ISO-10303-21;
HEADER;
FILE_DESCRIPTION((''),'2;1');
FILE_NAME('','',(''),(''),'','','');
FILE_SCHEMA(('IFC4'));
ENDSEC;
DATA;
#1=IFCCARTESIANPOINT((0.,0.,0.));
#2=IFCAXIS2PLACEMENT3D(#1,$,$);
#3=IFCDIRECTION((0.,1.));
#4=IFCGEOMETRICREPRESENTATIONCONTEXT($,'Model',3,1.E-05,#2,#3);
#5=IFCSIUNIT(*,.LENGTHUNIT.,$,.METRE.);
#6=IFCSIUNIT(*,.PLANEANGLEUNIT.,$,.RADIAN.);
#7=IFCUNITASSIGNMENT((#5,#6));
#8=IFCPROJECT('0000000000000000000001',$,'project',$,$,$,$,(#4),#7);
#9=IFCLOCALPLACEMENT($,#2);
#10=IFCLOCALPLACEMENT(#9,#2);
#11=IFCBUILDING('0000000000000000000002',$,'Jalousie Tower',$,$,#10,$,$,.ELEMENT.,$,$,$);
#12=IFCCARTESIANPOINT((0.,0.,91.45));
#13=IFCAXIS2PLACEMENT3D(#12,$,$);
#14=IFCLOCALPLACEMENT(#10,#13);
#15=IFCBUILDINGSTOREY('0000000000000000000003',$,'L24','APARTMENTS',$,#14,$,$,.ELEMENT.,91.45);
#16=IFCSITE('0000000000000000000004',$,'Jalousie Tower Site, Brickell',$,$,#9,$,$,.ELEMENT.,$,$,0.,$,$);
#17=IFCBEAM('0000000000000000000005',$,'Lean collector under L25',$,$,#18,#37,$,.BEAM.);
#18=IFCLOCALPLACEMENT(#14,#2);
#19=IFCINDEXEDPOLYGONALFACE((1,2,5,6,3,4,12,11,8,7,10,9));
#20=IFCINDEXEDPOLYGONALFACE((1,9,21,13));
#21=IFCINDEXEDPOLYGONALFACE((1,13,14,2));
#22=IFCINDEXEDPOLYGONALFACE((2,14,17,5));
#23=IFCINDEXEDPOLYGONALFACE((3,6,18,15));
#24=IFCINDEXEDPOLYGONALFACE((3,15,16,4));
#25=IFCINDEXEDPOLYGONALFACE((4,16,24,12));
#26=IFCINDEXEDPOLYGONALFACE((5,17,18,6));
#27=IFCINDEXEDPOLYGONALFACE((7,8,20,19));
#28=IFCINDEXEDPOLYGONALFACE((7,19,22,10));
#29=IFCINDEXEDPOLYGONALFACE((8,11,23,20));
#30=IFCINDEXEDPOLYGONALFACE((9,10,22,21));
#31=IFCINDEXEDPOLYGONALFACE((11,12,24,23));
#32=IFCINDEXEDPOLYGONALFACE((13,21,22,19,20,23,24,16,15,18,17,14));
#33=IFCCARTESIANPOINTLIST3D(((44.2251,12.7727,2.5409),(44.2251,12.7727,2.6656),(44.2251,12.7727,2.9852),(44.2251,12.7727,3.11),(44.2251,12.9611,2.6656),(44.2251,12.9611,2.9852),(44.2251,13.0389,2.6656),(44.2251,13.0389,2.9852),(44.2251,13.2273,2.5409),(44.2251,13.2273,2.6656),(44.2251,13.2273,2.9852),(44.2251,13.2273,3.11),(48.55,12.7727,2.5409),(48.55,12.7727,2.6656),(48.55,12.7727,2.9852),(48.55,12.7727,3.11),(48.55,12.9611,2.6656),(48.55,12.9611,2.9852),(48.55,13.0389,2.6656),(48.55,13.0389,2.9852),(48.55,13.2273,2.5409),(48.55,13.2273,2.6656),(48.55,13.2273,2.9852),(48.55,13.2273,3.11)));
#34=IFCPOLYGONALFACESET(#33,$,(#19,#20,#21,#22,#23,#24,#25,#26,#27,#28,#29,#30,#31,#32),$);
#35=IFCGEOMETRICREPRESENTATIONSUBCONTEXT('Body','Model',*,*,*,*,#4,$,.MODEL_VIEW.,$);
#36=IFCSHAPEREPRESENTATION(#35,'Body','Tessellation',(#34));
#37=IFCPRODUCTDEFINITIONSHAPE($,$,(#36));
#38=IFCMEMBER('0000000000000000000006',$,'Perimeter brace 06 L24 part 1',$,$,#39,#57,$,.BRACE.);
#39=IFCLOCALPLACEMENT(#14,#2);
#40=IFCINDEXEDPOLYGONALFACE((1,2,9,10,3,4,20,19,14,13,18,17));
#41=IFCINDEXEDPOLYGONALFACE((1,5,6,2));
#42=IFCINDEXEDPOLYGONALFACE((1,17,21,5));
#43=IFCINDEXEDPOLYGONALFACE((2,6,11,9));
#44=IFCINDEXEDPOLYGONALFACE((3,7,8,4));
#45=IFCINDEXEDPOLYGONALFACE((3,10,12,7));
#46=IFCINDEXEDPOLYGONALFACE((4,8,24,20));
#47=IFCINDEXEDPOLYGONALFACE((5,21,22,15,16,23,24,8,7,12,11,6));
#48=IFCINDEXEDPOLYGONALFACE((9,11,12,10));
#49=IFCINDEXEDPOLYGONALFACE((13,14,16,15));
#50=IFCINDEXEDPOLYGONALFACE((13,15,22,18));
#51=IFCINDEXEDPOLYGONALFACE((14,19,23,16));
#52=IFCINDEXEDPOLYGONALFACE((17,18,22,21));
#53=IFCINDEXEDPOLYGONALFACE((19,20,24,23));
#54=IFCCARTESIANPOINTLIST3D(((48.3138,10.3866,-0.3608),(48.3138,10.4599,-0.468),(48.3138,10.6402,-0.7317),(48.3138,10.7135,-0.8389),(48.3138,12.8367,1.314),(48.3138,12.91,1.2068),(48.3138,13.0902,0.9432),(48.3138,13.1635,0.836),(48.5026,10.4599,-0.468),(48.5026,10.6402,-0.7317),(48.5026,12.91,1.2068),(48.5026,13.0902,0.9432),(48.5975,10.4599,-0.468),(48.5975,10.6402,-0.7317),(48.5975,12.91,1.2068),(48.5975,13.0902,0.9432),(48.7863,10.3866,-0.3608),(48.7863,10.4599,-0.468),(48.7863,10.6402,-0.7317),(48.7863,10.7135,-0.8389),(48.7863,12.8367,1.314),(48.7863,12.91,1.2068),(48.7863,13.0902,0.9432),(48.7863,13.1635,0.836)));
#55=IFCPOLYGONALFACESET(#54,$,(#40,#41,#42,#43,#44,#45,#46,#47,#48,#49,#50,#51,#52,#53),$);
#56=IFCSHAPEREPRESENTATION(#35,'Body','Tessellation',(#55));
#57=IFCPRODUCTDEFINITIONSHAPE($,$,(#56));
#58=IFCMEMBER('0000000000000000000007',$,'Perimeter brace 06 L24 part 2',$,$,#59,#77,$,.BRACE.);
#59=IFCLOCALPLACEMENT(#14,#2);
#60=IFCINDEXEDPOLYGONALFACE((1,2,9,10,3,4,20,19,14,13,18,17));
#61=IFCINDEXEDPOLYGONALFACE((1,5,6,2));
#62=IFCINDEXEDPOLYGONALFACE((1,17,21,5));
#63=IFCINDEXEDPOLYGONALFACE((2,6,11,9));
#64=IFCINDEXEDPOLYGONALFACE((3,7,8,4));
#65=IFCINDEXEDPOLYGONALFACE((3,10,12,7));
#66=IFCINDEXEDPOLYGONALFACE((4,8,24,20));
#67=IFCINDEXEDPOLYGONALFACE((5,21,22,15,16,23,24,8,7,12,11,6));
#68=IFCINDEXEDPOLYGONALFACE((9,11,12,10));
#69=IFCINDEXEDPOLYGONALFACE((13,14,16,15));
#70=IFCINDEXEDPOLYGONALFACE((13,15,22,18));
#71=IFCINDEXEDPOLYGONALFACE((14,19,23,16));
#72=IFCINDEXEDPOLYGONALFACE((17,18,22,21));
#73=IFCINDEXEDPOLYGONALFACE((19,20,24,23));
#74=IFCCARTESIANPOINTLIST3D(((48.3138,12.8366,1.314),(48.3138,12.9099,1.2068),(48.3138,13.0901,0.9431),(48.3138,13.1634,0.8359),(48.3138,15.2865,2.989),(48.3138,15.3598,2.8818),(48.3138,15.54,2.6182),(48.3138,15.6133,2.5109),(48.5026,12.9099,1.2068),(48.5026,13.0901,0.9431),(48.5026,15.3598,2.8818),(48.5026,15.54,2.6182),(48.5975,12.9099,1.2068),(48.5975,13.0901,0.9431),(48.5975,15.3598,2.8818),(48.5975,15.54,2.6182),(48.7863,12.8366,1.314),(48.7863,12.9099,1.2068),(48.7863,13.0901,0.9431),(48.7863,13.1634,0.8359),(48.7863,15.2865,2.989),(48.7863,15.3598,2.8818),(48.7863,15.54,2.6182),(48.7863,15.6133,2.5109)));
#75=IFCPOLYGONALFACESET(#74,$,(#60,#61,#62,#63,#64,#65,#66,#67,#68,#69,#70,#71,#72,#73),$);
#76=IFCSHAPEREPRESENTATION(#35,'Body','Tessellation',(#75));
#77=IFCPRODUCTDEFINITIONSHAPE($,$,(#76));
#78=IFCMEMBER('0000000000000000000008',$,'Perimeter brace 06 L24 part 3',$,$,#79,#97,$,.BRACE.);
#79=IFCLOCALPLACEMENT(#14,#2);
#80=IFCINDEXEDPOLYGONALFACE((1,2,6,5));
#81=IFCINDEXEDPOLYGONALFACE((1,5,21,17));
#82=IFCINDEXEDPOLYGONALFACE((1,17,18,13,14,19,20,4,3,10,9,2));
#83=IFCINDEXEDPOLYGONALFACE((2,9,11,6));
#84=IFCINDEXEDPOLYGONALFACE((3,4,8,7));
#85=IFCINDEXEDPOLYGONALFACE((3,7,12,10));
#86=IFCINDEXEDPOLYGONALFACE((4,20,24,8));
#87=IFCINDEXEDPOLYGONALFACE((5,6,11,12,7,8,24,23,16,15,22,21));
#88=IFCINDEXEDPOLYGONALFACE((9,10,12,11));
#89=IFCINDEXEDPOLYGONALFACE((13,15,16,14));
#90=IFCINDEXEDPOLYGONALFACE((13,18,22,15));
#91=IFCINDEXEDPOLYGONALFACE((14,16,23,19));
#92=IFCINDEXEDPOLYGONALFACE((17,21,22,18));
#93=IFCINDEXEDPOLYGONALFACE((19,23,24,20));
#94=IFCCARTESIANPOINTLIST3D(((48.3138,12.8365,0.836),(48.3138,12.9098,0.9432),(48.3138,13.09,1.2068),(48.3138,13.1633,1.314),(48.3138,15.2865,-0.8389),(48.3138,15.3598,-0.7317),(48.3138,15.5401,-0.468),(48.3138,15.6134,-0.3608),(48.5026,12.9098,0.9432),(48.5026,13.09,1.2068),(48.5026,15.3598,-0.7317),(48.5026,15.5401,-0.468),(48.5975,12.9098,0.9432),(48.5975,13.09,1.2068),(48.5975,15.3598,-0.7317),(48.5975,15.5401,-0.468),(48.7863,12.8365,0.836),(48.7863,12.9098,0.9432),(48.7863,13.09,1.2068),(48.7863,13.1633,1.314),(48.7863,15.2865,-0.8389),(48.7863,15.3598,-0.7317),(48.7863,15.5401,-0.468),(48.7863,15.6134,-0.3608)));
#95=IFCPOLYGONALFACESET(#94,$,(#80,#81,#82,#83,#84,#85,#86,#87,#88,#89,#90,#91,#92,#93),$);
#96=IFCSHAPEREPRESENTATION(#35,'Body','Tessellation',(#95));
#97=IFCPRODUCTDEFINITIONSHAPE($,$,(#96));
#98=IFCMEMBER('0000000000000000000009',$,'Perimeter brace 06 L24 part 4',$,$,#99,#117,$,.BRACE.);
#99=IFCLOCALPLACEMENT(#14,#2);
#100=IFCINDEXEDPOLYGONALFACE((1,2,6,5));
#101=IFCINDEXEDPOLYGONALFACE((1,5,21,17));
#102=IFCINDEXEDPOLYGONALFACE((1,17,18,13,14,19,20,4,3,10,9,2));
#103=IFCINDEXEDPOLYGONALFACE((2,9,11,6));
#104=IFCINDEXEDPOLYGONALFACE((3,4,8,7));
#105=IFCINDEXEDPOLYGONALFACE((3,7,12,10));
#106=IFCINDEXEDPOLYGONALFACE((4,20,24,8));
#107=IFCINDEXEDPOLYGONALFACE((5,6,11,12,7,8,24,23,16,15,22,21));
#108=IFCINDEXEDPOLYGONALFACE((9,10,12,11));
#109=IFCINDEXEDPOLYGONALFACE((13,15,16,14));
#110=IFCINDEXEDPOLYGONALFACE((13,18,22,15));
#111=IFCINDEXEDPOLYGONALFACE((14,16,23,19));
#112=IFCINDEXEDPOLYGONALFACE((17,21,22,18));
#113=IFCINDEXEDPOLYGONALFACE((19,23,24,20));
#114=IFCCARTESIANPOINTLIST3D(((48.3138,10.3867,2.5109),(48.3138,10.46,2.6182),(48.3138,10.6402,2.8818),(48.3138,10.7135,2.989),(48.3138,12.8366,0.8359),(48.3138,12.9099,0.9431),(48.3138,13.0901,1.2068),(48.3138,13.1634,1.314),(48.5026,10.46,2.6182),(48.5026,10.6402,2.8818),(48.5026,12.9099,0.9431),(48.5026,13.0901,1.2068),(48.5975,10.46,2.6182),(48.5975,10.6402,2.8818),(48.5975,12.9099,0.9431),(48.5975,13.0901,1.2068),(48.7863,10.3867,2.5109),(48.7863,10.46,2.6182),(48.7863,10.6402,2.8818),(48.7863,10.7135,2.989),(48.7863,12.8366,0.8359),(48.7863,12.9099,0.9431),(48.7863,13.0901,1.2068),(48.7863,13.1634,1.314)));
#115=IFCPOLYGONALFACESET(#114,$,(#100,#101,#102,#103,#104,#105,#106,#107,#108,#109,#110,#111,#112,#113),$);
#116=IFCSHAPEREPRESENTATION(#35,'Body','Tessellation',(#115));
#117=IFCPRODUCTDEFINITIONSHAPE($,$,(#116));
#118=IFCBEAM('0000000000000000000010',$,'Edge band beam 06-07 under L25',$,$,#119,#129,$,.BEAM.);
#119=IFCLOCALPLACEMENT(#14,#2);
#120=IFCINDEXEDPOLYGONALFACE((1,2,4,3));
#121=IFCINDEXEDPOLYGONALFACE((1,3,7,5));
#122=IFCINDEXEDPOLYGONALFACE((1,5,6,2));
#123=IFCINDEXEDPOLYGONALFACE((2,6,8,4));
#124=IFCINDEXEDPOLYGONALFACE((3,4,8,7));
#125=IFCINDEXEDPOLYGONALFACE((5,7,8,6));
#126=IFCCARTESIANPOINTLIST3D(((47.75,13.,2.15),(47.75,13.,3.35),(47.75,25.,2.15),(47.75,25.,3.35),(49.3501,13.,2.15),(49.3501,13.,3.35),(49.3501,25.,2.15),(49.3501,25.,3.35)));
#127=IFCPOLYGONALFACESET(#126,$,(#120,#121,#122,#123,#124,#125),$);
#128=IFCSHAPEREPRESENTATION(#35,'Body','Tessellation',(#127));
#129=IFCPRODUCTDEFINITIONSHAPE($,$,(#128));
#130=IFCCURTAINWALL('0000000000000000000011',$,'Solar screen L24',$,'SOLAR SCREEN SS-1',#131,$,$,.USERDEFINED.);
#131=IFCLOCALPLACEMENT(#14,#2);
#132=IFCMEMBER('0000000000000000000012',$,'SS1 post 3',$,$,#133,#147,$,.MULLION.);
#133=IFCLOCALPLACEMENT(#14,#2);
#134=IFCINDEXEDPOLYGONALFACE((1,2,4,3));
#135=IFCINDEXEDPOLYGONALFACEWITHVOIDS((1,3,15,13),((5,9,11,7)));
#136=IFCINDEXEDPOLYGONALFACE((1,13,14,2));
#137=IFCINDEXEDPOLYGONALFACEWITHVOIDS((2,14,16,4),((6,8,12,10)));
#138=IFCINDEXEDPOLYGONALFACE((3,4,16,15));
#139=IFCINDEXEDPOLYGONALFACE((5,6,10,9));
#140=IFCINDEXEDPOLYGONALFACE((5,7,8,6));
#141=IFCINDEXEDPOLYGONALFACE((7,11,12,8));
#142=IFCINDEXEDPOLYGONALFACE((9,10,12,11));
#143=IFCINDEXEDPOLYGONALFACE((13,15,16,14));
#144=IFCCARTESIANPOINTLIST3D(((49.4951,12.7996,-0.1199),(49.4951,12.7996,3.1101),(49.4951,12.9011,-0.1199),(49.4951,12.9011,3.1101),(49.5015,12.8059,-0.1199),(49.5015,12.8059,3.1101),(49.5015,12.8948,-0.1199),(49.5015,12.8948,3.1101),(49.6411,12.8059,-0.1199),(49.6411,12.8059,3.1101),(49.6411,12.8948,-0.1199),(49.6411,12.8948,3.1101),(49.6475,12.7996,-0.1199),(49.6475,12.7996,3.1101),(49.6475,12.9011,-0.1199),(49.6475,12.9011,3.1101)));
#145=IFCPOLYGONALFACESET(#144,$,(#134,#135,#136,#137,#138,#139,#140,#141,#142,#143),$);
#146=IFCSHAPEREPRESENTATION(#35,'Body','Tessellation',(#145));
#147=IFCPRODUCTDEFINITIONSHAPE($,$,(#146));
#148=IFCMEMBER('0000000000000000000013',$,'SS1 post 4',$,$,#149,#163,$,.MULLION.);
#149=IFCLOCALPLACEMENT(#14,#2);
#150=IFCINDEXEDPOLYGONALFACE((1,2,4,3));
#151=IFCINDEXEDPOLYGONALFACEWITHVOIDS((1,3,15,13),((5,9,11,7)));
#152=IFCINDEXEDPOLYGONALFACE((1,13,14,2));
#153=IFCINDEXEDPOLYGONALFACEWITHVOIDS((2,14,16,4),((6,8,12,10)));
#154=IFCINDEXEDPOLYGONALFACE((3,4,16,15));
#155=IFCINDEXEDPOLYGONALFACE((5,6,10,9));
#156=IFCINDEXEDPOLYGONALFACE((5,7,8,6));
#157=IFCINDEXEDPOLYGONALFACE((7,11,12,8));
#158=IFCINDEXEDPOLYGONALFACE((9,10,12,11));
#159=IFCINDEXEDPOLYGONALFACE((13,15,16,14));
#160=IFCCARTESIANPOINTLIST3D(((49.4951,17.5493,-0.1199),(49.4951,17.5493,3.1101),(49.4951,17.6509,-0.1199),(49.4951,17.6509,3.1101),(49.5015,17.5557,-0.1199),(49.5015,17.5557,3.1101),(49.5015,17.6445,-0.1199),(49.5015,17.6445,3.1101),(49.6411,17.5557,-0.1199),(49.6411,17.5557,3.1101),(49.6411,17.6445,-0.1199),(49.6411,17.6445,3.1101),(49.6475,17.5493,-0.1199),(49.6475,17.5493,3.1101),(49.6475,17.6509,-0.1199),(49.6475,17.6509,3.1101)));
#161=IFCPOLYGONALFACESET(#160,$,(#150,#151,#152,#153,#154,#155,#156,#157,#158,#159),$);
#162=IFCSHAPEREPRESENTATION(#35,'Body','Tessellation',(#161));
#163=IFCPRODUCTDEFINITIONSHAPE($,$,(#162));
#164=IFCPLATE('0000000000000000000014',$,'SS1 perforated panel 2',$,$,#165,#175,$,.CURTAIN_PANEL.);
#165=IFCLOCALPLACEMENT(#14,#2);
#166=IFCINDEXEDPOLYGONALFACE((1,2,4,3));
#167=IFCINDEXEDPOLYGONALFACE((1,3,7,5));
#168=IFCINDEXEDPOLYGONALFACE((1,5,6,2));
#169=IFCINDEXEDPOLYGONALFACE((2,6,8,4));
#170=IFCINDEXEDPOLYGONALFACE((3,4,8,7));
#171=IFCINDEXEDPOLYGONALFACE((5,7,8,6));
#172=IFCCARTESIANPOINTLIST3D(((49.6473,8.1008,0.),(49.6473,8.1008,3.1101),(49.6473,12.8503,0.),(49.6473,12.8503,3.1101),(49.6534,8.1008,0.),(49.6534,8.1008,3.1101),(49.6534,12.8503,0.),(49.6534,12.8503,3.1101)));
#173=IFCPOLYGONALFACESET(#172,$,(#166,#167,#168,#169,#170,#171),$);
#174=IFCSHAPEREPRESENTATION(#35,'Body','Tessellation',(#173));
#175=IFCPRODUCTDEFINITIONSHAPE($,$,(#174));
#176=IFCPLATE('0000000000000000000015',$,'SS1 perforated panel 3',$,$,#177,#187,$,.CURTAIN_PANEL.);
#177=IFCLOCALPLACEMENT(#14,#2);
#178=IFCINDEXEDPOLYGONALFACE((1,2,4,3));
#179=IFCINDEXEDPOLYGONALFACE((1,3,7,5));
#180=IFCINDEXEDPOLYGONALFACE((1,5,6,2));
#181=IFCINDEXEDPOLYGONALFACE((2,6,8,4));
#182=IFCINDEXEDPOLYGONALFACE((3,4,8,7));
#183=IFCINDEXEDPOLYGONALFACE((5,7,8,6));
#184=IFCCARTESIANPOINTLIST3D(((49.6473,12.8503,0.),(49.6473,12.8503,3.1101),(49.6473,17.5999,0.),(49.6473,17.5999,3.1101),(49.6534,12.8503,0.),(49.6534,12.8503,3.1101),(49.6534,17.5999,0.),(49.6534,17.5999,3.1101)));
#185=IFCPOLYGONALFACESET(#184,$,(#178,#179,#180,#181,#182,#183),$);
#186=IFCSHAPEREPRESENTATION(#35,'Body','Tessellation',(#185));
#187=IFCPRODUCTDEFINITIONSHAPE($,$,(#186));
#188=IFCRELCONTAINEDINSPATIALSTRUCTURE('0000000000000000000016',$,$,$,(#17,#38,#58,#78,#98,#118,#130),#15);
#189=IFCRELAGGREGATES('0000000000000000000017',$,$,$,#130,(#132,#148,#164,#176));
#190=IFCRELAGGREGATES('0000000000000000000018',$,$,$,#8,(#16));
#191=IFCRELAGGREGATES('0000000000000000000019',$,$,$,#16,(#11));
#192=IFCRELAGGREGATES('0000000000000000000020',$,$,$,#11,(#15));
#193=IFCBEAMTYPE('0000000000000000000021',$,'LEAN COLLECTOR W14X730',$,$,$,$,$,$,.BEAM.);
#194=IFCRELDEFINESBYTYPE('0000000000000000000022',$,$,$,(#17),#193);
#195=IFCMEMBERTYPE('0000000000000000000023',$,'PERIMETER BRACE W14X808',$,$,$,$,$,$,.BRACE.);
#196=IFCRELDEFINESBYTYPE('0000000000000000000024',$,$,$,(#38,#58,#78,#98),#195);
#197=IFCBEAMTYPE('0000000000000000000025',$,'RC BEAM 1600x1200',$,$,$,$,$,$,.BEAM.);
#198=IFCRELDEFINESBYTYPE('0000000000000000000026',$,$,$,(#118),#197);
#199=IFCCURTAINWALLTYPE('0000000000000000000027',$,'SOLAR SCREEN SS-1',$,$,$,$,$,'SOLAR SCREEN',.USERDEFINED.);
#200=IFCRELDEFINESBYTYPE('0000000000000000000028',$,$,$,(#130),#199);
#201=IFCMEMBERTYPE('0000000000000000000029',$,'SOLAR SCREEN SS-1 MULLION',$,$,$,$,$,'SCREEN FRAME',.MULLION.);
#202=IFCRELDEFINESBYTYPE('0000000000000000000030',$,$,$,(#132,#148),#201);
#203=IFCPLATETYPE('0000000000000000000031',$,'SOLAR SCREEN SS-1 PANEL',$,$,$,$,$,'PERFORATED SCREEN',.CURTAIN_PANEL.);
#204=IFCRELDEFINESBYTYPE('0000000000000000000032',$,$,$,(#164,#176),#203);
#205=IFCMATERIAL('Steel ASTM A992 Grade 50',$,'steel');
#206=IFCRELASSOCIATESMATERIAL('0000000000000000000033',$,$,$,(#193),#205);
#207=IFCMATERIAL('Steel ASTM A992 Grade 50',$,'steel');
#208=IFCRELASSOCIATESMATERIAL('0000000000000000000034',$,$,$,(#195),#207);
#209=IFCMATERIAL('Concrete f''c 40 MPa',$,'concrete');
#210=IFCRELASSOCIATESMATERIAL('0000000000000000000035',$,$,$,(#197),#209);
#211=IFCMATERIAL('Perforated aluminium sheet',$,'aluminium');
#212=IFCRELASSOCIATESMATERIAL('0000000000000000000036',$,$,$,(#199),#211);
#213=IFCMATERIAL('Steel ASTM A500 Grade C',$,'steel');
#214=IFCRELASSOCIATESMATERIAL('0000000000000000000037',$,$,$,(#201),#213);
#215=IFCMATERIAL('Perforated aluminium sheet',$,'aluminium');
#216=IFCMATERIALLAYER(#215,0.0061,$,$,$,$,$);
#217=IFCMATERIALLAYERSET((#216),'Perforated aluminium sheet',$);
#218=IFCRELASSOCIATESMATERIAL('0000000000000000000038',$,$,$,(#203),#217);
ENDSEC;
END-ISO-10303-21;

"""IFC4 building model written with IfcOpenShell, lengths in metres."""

from ifc_helpers import new_model, si_unit, direction, frame, origin, origin_2d, place, context, subcontext, project, spatial, rectangle, hollow_rectangle, i_section, extrude, material, layer, layer_set, material_profile, profile_set, type_object, element, aggregate, save


model = new_model("IFC4")

# Units and contexts
model_context = context("Model", 3, precision=1e-05, world=origin(), true_north=direction((0.0, 1.0)))
body_context = subcontext(model_context, "Body", "Model", "MODEL_VIEW")
ifc_project = project(units=[si_unit("LENGTHUNIT", "METRE"), si_unit("PLANEANGLEUNIT", "RADIAN")], contexts=[model_context])

# Site, building, storey
site_placement = place(None, origin())
site = spatial("IfcSite", under=ifc_project, at=site_placement, Name="Jalousie Tower Site, Brickell", CompositionType="ELEMENT", RefElevation=0.0)
building_placement = place(site_placement, origin())
building = spatial("IfcBuilding", under=site, at=building_placement, Name="Jalousie Tower", CompositionType="ELEMENT")
storey_placement = place(building_placement, frame((0.0, 0.0, 91.45)))
storey = spatial("IfcBuildingStorey", under=building, at=storey_placement, Name="L24", Description="APARTMENTS", CompositionType="ELEMENT", Elevation=91.45)

# Beam
ifc_material_1 = material(Name="Steel ASTM A992 Grade 50", Category="steel")
ifc_material_profile_1 = material_profile(ifc_material_1, i_section(OverallWidth=0.4546, OverallDepth=0.5691, WebThickness=0.0779, FlangeThickness=0.1248, at=origin_2d()), Name="W14X730")
ifc_profile_set_1 = profile_set([ifc_material_profile_1], Name="Steel ASTM A992 Grade 50")
beam_type_1 = type_object("IfcBeamType", Name="LEAN COLLECTOR W14X730", PredefinedType="BEAM", material=ifc_profile_set_1)
beam_1_placement = place(storey_placement, frame((48.55, 13.0, 2.8254), z_axis=(-1.0, 0.0, 0.0), x_axis=(0.0, -1.0, 0.0)))
element("IfcBeam", 1, at=beam_1_placement, inside=storey, type_object=beam_type_1, Name="Lean collector under L25", PredefinedType="BEAM", context=body_context, shape_type="SweptSolid", body=[
    extrude(i_section(OverallWidth=0.4546, OverallDepth=0.5691, WebThickness=0.0779, FlangeThickness=0.1248, at=origin_2d()), origin(), (0.0, 0.0, 1.0), 4.325),
])

# Members
ifc_material_2 = material(Name="Steel ASTM A992 Grade 50", Category="steel")
ifc_material_profile_2 = material_profile(ifc_material_2, i_section(OverallWidth=0.4724, OverallDepth=0.5791, WebThickness=0.095, FlangeThickness=0.1299, at=origin_2d()), Name="W14X808")
ifc_profile_set_2 = profile_set([ifc_material_profile_2], Name="Steel ASTM A992 Grade 50")
member_type_1 = type_object("IfcMemberType", Name="PERIMETER BRACE W14X808", PredefinedType="BRACE", material=ifc_profile_set_2)
for number, where, z_axis, x_axis, name in (
    (2, (48.55, 10.55, -0.5999), (0.0, 0.825539, 0.564345), (-1.0, 0.0, 0.0), "Perimeter brace 06 L24 part 1"),
    (3, (48.55, 13.0, 1.075), (0.0, 0.825501, 0.564401), (-1.0, 0.0, 0.0), "Perimeter brace 06 L24 part 2"),
    (4, (48.55, 15.45, -0.5999), (0.0, -0.825539, 0.564345), (1.0, 0.0, 0.0), "Perimeter brace 06 L24 part 3"),
    (5, (48.55, 13.0, 1.075), (0.0, -0.825501, 0.564401), (1.0, 0.0, 0.0), "Perimeter brace 06 L24 part 4"),
):
    element("IfcMember", number, at=place(storey_placement, frame(where, z_axis=z_axis, x_axis=x_axis)), inside=storey, type_object=member_type_1, Name=name, PredefinedType="BRACE", context=body_context, shape_type="SweptSolid", body=[
        extrude(i_section(OverallWidth=0.4724, OverallDepth=0.5791, WebThickness=0.095, FlangeThickness=0.1299, at=origin_2d()), origin(), (0.0, 0.0, 1.0), 2.9678),
    ])

# Beam
ifc_material_3 = material(Name="Concrete f'c 40 MPa", Category="concrete")
ifc_material_profile_3 = material_profile(ifc_material_3, rectangle(XDim=1.6001, YDim=1.2, at=origin_2d()), Name="RC 1600x1200")
ifc_profile_set_3 = profile_set([ifc_material_profile_3], Name="Concrete f'c 40 MPa")
beam_type_2 = type_object("IfcBeamType", Name="RC BEAM 1600x1200", PredefinedType="BEAM", material=ifc_profile_set_3)
beam_2_placement = place(storey_placement, frame((48.55, 13.0, 2.75), z_axis=(0.0, 1.0, 0.0), x_axis=(-1.0, 0.0, 0.0)))
element("IfcBeam", 6, at=beam_2_placement, inside=storey, type_object=beam_type_2, Name="Edge band beam 06-07 under L25", PredefinedType="BEAM", context=body_context, shape_type="SweptSolid", body=[
    extrude(rectangle(XDim=1.6001, YDim=1.2, at=origin_2d()), origin(), (0.0, 0.0, 1.0), 12.0),
])

# Curtain wall, members, plates
ifc_material_4 = material(Name="Perforated aluminium sheet", Category="aluminium")
curtain_wall_type = type_object("IfcCurtainWallType", Name="SOLAR SCREEN SS-1", ElementType="SOLAR SCREEN", PredefinedType="USERDEFINED", material=ifc_material_4)
curtain_wall_placement = place(storey_placement, origin())
curtain_wall = element("IfcCurtainWall", 7, at=curtain_wall_placement, inside=storey, type_object=curtain_wall_type, Name="Solar screen L24", ObjectType="SOLAR SCREEN SS-1", PredefinedType="USERDEFINED")
ifc_material_5 = material(Name="Steel ASTM A500 Grade C", Category="steel")
ifc_material_profile_4 = material_profile(ifc_material_5, hollow_rectangle(XDim=0.1016, YDim=0.1523, WallThickness=0.0063, at=origin_2d()), Name="HSS6X4X1/4")
ifc_profile_set_4 = profile_set([ifc_material_profile_4], Name="Steel ASTM A500 Grade C")
member_type_2 = type_object("IfcMemberType", Name="SOLAR SCREEN SS-1 MULLION", ElementType="SCREEN FRAME", PredefinedType="MULLION", material=ifc_profile_set_4)
member_1_placement = place(storey_placement, frame((49.5713, 12.8503, -0.1199), z_axis=(0.0, 0.0, 1.0), x_axis=(0.0, 1.0, 0.0)))
member_1 = element("IfcMember", 8, at=member_1_placement, type_object=member_type_2, Name="SS1 post 3", PredefinedType="MULLION", context=body_context, shape_type="SweptSolid", body=[
    extrude(hollow_rectangle(XDim=0.1016, YDim=0.1523, WallThickness=0.0063, at=origin_2d()), origin(), (0.0, 0.0, 1.0), 3.23),
])
member_2_placement = place(storey_placement, frame((49.5713, 17.6001, -0.1199), z_axis=(0.0, 0.0, 1.0), x_axis=(0.0, 1.0, 0.0)))
member_2 = element("IfcMember", 9, at=member_2_placement, type_object=member_type_2, Name="SS1 post 4", PredefinedType="MULLION", context=body_context, shape_type="SweptSolid", body=[
    extrude(hollow_rectangle(XDim=0.1016, YDim=0.1523, WallThickness=0.0063, at=origin_2d()), origin(), (0.0, 0.0, 1.0), 3.23),
])
ifc_material_6 = material(Name="Perforated aluminium sheet", Category="aluminium")
ifc_layer_1 = layer(ifc_material_6, 0.0061)
ifc_layer_set_1 = layer_set([ifc_layer_1], Name="Perforated aluminium sheet")
plate_type = type_object("IfcPlateType", Name="SOLAR SCREEN SS-1 PANEL", ElementType="PERFORATED SCREEN", PredefinedType="CURTAIN_PANEL", material=ifc_layer_set_1)
plate_1_placement = place(storey_placement, frame((49.6504, 10.4756, 0.0), z_axis=(0.0, 0.0, 1.0), x_axis=(0.0, 1.0, 0.0)))
plate_1 = element("IfcPlate", 10, at=plate_1_placement, type_object=plate_type, Name="SS1 perforated panel 2", PredefinedType="CURTAIN_PANEL", context=body_context, shape_type="SweptSolid", body=[
    extrude(rectangle(XDim=4.7495, YDim=0.0061, at=origin_2d()), origin(), (0.0, 0.0, 1.0), 3.1101),
])
plate_2_placement = place(storey_placement, frame((49.6504, 15.2251, 0.0), z_axis=(0.0, 0.0, 1.0), x_axis=(0.0, 1.0, 0.0)))
plate_2 = element("IfcPlate", 11, at=plate_2_placement, type_object=plate_type, Name="SS1 perforated panel 3", PredefinedType="CURTAIN_PANEL", context=body_context, shape_type="SweptSolid", body=[
    extrude(rectangle(XDim=4.7495, YDim=0.0061, at=origin_2d()), origin(), (0.0, 0.0, 1.0), 3.1101),
])
aggregate(curtain_wall, [member_1, member_2, plate_1, plate_2])

save(model, "model.ifc")
